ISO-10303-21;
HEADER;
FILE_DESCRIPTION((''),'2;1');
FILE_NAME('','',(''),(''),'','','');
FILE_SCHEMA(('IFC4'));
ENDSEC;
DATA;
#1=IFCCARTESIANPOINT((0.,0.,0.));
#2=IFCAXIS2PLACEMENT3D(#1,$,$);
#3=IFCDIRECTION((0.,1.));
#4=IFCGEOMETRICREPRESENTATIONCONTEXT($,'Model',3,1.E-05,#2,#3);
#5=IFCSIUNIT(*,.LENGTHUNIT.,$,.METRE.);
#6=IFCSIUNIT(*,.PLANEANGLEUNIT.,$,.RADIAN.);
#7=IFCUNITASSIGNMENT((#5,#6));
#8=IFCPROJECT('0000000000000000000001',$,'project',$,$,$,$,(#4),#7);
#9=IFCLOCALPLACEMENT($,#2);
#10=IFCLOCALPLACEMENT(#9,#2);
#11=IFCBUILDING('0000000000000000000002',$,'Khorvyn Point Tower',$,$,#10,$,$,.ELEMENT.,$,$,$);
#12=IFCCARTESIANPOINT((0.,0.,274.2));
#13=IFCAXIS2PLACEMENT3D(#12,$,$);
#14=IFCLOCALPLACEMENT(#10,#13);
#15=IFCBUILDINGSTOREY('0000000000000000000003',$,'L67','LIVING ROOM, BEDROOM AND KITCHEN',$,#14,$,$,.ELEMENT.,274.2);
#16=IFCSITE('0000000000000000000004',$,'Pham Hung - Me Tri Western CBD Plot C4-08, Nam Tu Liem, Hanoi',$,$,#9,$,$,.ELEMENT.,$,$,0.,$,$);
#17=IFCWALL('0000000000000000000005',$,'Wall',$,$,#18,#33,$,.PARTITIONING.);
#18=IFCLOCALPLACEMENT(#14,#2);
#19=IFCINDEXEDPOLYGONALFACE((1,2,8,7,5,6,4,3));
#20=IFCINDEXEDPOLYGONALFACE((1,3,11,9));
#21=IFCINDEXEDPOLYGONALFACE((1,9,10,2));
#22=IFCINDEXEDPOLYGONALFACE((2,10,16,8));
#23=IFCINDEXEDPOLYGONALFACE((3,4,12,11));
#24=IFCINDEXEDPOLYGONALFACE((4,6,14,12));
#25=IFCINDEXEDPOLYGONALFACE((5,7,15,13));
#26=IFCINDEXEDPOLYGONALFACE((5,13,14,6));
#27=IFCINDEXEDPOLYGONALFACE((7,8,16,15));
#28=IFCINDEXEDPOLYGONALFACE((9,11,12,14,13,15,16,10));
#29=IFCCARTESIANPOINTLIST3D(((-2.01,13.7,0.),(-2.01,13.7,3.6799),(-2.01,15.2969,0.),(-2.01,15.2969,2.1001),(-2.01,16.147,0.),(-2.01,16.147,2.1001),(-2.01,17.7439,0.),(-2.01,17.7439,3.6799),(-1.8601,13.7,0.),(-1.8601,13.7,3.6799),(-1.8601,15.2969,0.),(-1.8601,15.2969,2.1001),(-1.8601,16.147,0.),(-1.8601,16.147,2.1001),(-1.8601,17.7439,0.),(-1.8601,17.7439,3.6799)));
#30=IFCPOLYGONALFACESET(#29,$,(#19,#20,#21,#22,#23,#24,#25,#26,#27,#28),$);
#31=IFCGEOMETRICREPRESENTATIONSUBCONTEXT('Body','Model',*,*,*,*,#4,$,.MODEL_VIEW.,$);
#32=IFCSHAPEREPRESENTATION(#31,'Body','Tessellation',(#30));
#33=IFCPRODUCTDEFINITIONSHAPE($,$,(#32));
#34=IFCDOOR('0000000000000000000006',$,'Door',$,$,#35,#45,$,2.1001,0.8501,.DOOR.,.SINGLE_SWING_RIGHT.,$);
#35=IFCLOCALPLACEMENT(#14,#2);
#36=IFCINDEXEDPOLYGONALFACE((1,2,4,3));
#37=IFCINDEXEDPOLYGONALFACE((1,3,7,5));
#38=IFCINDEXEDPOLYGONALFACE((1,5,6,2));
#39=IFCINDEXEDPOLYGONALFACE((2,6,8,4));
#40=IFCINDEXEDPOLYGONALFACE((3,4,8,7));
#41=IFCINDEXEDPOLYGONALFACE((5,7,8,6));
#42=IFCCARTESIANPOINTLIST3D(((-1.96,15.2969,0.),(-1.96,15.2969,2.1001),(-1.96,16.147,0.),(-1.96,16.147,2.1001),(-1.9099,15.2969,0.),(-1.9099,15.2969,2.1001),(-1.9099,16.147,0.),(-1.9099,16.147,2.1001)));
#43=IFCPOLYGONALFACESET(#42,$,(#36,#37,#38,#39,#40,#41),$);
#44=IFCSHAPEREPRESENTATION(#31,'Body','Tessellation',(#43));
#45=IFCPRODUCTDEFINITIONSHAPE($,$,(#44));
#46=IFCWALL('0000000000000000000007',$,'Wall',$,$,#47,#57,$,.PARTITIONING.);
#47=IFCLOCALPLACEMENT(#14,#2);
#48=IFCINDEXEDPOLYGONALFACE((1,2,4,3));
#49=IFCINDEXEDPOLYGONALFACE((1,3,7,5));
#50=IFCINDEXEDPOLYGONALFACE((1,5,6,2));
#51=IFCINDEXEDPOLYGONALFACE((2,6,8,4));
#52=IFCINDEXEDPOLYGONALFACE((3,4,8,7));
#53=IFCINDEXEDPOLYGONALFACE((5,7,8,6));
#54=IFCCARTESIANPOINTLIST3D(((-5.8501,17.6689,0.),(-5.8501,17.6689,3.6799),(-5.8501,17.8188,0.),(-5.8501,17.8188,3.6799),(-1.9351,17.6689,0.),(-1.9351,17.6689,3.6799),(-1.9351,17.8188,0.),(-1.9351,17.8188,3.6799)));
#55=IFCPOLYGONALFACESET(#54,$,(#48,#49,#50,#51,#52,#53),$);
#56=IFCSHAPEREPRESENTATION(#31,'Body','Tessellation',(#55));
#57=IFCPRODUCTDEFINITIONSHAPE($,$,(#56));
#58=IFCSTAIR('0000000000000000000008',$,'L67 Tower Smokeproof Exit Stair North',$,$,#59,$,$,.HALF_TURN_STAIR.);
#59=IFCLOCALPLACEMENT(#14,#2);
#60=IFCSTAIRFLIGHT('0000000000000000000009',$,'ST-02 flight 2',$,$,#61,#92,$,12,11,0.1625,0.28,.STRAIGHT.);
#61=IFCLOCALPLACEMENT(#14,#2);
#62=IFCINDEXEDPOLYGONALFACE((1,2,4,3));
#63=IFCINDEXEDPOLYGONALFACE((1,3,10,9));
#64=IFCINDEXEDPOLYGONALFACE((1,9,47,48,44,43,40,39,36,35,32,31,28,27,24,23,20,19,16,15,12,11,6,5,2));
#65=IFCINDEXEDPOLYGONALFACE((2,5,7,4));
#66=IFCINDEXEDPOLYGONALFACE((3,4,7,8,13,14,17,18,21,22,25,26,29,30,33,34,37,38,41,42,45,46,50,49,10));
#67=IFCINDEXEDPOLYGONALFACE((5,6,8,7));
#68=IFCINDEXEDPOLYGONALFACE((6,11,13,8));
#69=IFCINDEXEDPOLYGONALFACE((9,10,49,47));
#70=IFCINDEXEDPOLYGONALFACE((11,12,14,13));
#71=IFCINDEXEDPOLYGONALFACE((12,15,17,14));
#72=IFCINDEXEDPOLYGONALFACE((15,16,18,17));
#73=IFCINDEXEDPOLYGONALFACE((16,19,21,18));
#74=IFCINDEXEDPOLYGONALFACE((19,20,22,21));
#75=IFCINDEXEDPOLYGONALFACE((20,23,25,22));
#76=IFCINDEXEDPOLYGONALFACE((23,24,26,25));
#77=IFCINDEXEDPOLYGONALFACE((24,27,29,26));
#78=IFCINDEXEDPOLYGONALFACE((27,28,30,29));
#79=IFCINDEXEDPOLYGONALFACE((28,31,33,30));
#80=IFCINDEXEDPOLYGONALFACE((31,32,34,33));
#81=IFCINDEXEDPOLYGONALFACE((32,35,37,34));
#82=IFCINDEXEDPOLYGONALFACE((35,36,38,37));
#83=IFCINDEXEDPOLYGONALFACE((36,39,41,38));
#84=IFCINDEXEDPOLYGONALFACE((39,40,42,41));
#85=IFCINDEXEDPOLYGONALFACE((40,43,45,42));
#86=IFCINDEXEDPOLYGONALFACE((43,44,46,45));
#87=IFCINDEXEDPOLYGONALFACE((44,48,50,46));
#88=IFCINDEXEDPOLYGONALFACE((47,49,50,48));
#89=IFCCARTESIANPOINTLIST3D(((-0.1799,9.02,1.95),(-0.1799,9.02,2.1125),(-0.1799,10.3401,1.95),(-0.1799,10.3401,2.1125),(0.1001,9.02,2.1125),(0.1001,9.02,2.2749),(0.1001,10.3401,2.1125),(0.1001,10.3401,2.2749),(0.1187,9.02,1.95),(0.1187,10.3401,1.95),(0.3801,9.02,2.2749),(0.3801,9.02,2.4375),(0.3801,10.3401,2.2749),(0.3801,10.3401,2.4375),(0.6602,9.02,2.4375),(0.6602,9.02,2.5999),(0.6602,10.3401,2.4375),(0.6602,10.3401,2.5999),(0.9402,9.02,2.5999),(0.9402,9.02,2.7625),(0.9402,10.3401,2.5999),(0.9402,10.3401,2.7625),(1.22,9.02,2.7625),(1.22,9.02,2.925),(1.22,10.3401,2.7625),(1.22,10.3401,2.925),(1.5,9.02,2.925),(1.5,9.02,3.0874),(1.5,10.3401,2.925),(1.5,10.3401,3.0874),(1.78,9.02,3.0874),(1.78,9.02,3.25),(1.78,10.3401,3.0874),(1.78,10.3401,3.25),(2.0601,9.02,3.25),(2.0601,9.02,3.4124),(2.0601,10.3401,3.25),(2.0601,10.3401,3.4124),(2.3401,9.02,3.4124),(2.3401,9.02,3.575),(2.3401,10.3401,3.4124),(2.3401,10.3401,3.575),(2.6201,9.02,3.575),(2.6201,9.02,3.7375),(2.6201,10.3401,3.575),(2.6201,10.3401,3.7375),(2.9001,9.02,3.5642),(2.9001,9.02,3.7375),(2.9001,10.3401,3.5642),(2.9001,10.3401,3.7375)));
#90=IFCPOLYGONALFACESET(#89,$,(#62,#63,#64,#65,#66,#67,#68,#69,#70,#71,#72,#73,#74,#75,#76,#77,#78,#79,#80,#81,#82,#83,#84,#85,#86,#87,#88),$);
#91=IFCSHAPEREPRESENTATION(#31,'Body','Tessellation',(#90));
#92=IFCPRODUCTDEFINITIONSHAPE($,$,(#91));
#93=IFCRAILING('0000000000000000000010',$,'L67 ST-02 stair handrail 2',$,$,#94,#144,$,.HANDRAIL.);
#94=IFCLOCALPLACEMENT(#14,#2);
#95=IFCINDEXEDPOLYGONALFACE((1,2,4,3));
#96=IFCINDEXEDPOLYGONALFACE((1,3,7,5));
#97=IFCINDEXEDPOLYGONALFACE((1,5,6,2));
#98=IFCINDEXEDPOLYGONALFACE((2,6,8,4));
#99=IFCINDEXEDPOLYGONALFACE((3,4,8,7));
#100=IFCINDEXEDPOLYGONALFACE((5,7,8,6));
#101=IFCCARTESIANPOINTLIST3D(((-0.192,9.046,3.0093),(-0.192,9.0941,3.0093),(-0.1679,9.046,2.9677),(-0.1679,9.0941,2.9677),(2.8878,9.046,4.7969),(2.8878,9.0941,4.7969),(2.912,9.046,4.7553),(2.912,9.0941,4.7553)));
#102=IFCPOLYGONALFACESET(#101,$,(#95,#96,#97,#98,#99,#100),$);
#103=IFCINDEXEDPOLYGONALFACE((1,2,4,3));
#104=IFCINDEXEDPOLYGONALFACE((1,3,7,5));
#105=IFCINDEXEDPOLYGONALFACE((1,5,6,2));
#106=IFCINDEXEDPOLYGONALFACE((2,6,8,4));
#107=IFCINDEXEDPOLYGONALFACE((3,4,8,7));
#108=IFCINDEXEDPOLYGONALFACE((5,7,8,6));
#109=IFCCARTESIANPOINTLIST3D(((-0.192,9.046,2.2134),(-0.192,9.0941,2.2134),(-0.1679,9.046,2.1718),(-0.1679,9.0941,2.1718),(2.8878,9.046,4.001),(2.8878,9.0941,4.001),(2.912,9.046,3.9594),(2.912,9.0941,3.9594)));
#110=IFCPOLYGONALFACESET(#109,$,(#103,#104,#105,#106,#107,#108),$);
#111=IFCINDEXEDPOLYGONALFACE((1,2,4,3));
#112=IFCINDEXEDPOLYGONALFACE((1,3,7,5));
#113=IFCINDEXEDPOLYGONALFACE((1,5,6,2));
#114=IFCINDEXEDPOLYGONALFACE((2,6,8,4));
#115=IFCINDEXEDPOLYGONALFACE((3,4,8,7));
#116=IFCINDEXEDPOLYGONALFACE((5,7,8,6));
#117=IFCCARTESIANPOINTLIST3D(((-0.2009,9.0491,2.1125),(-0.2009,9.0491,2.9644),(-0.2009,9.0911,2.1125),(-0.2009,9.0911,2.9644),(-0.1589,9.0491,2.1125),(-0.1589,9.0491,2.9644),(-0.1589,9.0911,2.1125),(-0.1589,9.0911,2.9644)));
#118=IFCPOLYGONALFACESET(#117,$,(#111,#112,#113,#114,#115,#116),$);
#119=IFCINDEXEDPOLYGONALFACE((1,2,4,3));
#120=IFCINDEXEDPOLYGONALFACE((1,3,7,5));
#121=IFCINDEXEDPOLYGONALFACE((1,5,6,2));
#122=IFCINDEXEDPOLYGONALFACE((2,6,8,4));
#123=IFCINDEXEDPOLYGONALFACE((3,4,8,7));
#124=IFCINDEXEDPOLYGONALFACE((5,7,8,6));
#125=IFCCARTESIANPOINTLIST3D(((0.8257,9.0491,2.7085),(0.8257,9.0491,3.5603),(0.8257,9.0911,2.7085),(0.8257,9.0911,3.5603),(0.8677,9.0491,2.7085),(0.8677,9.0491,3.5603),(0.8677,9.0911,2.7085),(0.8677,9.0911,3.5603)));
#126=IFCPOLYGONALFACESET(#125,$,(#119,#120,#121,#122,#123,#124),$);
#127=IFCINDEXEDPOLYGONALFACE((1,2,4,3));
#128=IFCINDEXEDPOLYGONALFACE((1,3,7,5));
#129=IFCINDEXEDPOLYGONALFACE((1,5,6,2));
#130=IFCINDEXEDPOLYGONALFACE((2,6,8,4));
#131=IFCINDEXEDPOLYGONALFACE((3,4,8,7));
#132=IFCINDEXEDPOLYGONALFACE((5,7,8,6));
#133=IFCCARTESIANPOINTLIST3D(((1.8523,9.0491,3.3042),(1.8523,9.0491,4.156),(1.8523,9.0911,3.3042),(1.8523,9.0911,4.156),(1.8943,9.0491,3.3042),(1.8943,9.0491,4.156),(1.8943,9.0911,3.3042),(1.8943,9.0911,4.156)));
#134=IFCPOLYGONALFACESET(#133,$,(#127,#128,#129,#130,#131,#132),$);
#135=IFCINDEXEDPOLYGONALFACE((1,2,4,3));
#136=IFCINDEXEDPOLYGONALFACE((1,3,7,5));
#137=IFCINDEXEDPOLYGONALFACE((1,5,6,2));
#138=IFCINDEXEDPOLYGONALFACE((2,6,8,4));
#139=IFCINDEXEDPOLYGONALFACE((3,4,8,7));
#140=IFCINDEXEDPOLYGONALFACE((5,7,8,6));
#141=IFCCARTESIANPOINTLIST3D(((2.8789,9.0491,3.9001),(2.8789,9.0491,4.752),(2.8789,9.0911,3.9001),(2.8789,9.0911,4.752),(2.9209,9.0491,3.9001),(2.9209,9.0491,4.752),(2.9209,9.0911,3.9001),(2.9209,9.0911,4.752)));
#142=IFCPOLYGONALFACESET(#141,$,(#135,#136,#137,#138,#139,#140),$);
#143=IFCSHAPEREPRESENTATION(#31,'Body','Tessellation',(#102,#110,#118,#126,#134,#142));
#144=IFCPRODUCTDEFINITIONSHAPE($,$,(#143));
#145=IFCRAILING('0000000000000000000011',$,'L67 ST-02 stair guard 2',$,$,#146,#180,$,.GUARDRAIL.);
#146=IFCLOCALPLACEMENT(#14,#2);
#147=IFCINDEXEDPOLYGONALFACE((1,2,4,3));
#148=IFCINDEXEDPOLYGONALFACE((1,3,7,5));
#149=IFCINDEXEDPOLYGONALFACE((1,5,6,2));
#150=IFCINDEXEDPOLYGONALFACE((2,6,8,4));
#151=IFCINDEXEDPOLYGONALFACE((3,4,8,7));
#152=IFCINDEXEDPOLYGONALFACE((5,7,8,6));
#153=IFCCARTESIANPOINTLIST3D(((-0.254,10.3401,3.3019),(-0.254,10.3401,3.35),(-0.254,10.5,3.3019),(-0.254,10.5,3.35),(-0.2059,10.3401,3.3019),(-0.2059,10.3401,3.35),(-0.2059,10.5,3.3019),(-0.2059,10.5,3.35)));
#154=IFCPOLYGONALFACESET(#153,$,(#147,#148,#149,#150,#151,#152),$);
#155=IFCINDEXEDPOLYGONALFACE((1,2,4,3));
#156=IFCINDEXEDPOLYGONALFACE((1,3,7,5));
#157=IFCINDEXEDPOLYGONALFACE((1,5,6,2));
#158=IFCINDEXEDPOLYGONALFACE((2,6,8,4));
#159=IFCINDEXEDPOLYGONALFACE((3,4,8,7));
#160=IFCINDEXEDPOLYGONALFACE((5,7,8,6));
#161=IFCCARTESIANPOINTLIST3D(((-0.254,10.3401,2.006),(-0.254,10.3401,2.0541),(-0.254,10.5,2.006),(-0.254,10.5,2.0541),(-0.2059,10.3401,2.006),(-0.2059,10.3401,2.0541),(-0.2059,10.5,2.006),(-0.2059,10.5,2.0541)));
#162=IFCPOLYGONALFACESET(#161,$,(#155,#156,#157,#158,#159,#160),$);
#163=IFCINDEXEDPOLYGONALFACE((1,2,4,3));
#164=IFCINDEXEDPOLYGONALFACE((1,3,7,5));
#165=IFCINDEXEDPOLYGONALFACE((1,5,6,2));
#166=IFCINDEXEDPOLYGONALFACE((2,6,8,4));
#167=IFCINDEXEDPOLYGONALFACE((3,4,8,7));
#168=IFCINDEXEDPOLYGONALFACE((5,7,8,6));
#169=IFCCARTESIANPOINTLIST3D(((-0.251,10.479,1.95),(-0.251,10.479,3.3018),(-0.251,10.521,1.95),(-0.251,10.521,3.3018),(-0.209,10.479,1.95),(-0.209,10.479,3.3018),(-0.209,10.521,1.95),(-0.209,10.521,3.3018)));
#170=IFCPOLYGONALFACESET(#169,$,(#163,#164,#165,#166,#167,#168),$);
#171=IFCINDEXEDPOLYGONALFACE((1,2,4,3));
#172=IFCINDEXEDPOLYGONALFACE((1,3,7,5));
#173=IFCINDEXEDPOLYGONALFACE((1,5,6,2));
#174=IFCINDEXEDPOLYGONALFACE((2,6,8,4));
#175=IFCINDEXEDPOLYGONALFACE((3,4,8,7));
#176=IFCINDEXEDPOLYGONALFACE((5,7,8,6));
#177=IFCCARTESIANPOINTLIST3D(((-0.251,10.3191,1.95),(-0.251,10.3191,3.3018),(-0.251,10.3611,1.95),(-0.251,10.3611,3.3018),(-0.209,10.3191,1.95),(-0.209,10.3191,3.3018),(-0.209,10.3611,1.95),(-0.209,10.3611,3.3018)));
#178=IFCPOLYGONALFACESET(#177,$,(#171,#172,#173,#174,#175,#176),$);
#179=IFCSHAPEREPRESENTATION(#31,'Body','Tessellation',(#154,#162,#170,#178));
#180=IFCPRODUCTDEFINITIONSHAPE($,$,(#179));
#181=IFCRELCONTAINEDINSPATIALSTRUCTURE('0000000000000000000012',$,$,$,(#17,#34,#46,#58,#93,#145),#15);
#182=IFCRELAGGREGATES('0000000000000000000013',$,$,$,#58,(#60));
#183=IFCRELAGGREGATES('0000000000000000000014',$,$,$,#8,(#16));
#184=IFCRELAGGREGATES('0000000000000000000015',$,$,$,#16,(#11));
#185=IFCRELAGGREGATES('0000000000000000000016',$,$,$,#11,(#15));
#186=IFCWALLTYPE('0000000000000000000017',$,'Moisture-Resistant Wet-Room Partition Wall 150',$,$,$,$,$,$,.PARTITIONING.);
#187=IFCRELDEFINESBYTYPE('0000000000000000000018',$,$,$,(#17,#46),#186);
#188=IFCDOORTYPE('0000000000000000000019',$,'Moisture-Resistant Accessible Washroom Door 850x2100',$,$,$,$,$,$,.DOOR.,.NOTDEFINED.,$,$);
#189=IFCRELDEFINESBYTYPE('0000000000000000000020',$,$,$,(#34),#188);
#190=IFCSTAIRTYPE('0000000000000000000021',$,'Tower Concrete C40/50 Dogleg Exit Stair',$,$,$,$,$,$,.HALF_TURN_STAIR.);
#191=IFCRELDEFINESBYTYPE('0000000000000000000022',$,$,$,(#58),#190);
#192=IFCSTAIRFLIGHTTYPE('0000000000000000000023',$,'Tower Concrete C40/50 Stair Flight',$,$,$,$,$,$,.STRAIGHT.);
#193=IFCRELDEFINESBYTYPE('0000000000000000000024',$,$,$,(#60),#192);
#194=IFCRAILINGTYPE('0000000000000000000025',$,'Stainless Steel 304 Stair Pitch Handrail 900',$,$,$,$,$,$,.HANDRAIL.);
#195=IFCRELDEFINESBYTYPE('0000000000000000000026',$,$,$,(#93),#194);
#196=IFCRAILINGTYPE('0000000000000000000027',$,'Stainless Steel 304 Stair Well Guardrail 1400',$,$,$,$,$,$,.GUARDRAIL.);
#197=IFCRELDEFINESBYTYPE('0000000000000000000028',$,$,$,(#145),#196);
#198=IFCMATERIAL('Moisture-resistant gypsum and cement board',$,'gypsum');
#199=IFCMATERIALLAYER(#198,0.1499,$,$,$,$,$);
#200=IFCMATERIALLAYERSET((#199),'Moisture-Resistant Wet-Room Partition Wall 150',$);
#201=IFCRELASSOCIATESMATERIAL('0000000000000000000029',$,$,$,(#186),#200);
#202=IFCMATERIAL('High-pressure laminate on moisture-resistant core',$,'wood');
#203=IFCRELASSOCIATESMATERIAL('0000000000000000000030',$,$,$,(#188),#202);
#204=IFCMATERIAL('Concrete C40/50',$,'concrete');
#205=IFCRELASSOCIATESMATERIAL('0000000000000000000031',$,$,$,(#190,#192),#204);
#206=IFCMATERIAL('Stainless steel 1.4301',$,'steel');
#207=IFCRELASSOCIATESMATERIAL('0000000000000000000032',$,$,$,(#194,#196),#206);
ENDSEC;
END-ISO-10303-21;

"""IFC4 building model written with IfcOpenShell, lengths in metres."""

from ifc_helpers import new_model, si_unit, direction, frame, frame_2d, origin, origin_2d, place, context, subcontext, project, spatial, polyline, rectangle, outline, extrude, material, layer, layer_set, type_object, element, fill, aggregate, save


model = new_model("IFC4")

# Units and contexts
model_context = context("Model", 3, precision=1e-05, world=origin(), true_north=direction((0.0, 1.0)))
body_context = subcontext(model_context, "Body", "Model", "MODEL_VIEW")
ifc_project = project(units=[si_unit("LENGTHUNIT", "METRE"), si_unit("PLANEANGLEUNIT", "RADIAN")], contexts=[model_context])

# Site, building, storey
site_placement = place(None, origin())
site = spatial("IfcSite", under=ifc_project, at=site_placement, Name="Pham Hung - Me Tri Western CBD Plot C4-08, Nam Tu Liem, Hanoi", CompositionType="ELEMENT", RefElevation=0.0)
building_placement = place(site_placement, origin())
building = spatial("IfcBuilding", under=site, at=building_placement, Name="Khorvyn Point Tower", CompositionType="ELEMENT")
storey_placement = place(building_placement, frame((0.0, 0.0, 274.2)))
storey = spatial("IfcBuildingStorey", under=building, at=storey_placement, Name="L67", Description="LIVING ROOM, BEDROOM AND KITCHEN", CompositionType="ELEMENT", Elevation=274.2)

# Shared definitions
ifc_material_1 = material(Name="Concrete C40/50", Category="concrete")

# Wall, opening, door
ifc_material_2 = material(Name="Moisture-resistant gypsum and cement board", Category="gypsum")
ifc_layer_1 = layer(ifc_material_2, 0.1499)
ifc_layer_set_1 = layer_set([ifc_layer_1], Name="Moisture-Resistant Wet-Room Partition Wall 150")
wall_type_1 = type_object("IfcWallType", Name="Moisture-Resistant Wet-Room Partition Wall 150", PredefinedType="PARTITIONING", material=ifc_layer_set_1)
wall_1_placement = place(storey_placement, frame((-1.9351, 13.7, 0.0), z_axis=(0.0, 0.0, 1.0), x_axis=(0.0, 1.0, 0.0)))
wall_1 = element("IfcWall", 1, at=wall_1_placement, inside=storey, type_object=wall_type_1, Name="Wall", PredefinedType="PARTITIONING", context=body_context, shape_type="SweptSolid", body=[
    extrude(rectangle(XDim=4.0439, YDim=0.1499, at=frame_2d((2.022, 0.0))), origin(), (0.0, 0.0, 1.0), 3.6799),
])
opening_1_placement = place(wall_1_placement, frame((1.5969, 0.0, 0.0)))
opening_1 = element("IfcOpeningElement", 2, at=opening_1_placement, cuts=wall_1, PredefinedType="OPENING", context=body_context, shape_type="SweptSolid", body=[
    extrude(rectangle(XDim=0.8501, YDim=2.1001, at=frame_2d((0.425, 1.05))), frame((0.0, 0.085, 0.0), z_axis=(0.0, -1.0, 0.0), x_axis=(1.0, 0.0, 0.0)), (0.0, 0.0, 1.0), 0.1699),
])
ifc_material_3 = material(Name="High-pressure laminate on moisture-resistant core", Category="wood")
door_type_1 = type_object("IfcDoorType", Name="Moisture-Resistant Accessible Washroom Door 850x2100", OperationType="NOTDEFINED", PredefinedType="DOOR", material=ifc_material_3)
door_1_placement = place(opening_1_placement, origin())
door_1 = element("IfcDoor", 3, at=door_1_placement, inside=storey, type_object=door_type_1, Name="Door", OperationType="SINGLE_SWING_RIGHT", OverallHeight=2.1001, OverallWidth=0.8501, PredefinedType="DOOR", context=body_context, shape_type="SweptSolid", body=[
    extrude(rectangle(XDim=0.8501, YDim=2.1001, at=frame_2d((0.425, 1.05))), frame((0.0, 0.0249, 0.0), z_axis=(0.0, -1.0, 0.0), x_axis=(1.0, 0.0, 0.0)), (0.0, 0.0, 1.0), 0.05),
])
fill(opening_1, door_1)

# Wall
wall_2_placement = place(storey_placement, frame((-5.8501, 17.7439, 0.0), z_axis=(0.0, 0.0, 1.0), x_axis=(1.0, 0.0, 0.0)))
element("IfcWall", 4, at=wall_2_placement, inside=storey, type_object=wall_type_1, Name="Wall", PredefinedType="PARTITIONING", context=body_context, shape_type="SweptSolid", body=[
    extrude(rectangle(XDim=3.915, YDim=0.1499, at=frame_2d((1.9575, 0.0))), origin(), (0.0, 0.0, 1.0), 3.6799),
])

# Stair, stair flight
stair_type = type_object("IfcStairType", Name="Tower Concrete C40/50 Dogleg Exit Stair", PredefinedType="HALF_TURN_STAIR", material=ifc_material_1)
stair_placement = place(storey_placement, origin())
stair = element("IfcStair", 5, at=stair_placement, inside=storey, type_object=stair_type, Name="L67 Tower Smokeproof Exit Stair North", PredefinedType="HALF_TURN_STAIR")
stair_flight_type = type_object("IfcStairFlightType", Name="Tower Concrete C40/50 Stair Flight", PredefinedType="STRAIGHT", material=ifc_material_1)
stair_flight_placement = place(storey_placement, frame((-0.1799, 9.6799, 1.95), z_axis=(0.0, 0.0, 1.0), x_axis=(1.0, 0.0, 0.0)))
stair_flight = element("IfcStairFlight", 6, at=stair_flight_placement, type_object=stair_flight_type, Name="ST-02 flight 2", NumberOfRisers=12, NumberOfTreads=11, PredefinedType="STRAIGHT", RiserHeight=0.1625, TreadLength=0.28, context=body_context, shape_type="SweptSolid", body=[
    extrude(outline(polyline([(0.0, 0.0), (0.0, 0.1626), (0.28, 0.1626), (0.28, 0.325), (0.5601, 0.325), (0.5601, 0.4875), (0.8401, 0.4875), (0.8401, 0.6499), (1.1201, 0.6499), (1.1201, 0.8125), (1.3999, 0.8125), (1.3999, 0.9751), (1.6799, 0.9751), (1.6799, 1.1375), (1.96, 1.1375), (1.96, 1.3), (2.24, 1.3), (2.24, 1.4624), (2.52, 1.4624), (2.52, 1.625), (2.8, 1.625), (2.8, 1.7876), (3.0801, 1.7876), (3.0801, 1.95), (3.0801, 1.6143), (0.2986, 0.0), (0.0, 0.0)])), frame((0.0, 0.6602, 0.0), z_axis=(0.0, -1.0, 0.0), x_axis=(1.0, 0.0, 0.0)), (0.0, 0.0, 1.0), 1.3201),
])
aggregate(stair, [stair_flight])

# Railings
ifc_material_4 = material(Name="Stainless steel 1.4301", Category="steel")
railing_type_1 = type_object("IfcRailingType", Name="Stainless Steel 304 Stair Pitch Handrail 900", PredefinedType="HANDRAIL", material=ifc_material_4)
railing_1_placement = place(storey_placement, frame((-0.1799, 9.0701, 2.1125)))
element("IfcRailing", 7, at=railing_1_placement, inside=storey, type_object=railing_type_1, Name="L67 ST-02 stair handrail 2", PredefinedType="HANDRAIL", context=body_context, shape_type="SweptSolid", body=[
    extrude(rectangle(XDim=0.0481, YDim=0.0481, at=origin_2d()), frame((0.0, 0.0, 0.876), z_axis=(0.864873, 0.0, 0.50199), x_axis=(0.0, 1.0, 0.0)), (0.0, 0.0, 1.0), 3.561),
    extrude(rectangle(XDim=0.0481, YDim=0.0481, at=origin_2d()), frame((0.0, 0.0, 0.0801), z_axis=(0.864873, 0.0, 0.50199), x_axis=(0.0, 1.0, 0.0)), (0.0, 0.0, 1.0), 3.561),
    extrude(rectangle(XDim=0.042, YDim=0.042, at=origin_2d()), origin(), (0.0, 0.0, 1.0), 0.8518),
    extrude(rectangle(XDim=0.042, YDim=0.042, at=origin_2d()), frame((1.0266, 0.0, 0.5959)), (0.0, 0.0, 1.0), 0.8518),
    extrude(rectangle(XDim=0.042, YDim=0.042, at=origin_2d()), frame((2.0532, 0.0, 1.1917)), (0.0, 0.0, 1.0), 0.8518),
    extrude(rectangle(XDim=0.042, YDim=0.042, at=origin_2d()), frame((3.0798, 0.0, 1.7876)), (0.0, 0.0, 1.0), 0.8518),
])
railing_type_2 = type_object("IfcRailingType", Name="Stainless Steel 304 Stair Well Guardrail 1400", PredefinedType="GUARDRAIL", material=ifc_material_4)
railing_2_placement = place(storey_placement, frame((-0.23, 10.5, 1.95)))
element("IfcRailing", 8, at=railing_2_placement, inside=storey, type_object=railing_type_2, Name="L67 ST-02 stair guard 2", PredefinedType="GUARDRAIL", context=body_context, shape_type="SweptSolid", body=[
    extrude(rectangle(XDim=0.0481, YDim=0.0481, at=origin_2d()), frame((0.0, 0.0, 1.376), z_axis=(0.0, -1.0, 0.0), x_axis=(1.0, 0.0, 0.0)), (0.0, 0.0, 1.0), 0.1599),
    extrude(rectangle(XDim=0.0481, YDim=0.0481, at=origin_2d()), frame((0.0, 0.0, 0.0801), z_axis=(0.0, -1.0, 0.0), x_axis=(1.0, 0.0, 0.0)), (0.0, 0.0, 1.0), 0.1599),
    extrude(rectangle(XDim=0.042, YDim=0.042, at=origin_2d()), origin(), (0.0, 0.0, 1.0), 1.3518),
    extrude(rectangle(XDim=0.042, YDim=0.042, at=origin_2d()), frame((0.0, -0.1599, 0.0)), (0.0, 0.0, 1.0), 1.3518),
])

save(model, "model.ifc")
